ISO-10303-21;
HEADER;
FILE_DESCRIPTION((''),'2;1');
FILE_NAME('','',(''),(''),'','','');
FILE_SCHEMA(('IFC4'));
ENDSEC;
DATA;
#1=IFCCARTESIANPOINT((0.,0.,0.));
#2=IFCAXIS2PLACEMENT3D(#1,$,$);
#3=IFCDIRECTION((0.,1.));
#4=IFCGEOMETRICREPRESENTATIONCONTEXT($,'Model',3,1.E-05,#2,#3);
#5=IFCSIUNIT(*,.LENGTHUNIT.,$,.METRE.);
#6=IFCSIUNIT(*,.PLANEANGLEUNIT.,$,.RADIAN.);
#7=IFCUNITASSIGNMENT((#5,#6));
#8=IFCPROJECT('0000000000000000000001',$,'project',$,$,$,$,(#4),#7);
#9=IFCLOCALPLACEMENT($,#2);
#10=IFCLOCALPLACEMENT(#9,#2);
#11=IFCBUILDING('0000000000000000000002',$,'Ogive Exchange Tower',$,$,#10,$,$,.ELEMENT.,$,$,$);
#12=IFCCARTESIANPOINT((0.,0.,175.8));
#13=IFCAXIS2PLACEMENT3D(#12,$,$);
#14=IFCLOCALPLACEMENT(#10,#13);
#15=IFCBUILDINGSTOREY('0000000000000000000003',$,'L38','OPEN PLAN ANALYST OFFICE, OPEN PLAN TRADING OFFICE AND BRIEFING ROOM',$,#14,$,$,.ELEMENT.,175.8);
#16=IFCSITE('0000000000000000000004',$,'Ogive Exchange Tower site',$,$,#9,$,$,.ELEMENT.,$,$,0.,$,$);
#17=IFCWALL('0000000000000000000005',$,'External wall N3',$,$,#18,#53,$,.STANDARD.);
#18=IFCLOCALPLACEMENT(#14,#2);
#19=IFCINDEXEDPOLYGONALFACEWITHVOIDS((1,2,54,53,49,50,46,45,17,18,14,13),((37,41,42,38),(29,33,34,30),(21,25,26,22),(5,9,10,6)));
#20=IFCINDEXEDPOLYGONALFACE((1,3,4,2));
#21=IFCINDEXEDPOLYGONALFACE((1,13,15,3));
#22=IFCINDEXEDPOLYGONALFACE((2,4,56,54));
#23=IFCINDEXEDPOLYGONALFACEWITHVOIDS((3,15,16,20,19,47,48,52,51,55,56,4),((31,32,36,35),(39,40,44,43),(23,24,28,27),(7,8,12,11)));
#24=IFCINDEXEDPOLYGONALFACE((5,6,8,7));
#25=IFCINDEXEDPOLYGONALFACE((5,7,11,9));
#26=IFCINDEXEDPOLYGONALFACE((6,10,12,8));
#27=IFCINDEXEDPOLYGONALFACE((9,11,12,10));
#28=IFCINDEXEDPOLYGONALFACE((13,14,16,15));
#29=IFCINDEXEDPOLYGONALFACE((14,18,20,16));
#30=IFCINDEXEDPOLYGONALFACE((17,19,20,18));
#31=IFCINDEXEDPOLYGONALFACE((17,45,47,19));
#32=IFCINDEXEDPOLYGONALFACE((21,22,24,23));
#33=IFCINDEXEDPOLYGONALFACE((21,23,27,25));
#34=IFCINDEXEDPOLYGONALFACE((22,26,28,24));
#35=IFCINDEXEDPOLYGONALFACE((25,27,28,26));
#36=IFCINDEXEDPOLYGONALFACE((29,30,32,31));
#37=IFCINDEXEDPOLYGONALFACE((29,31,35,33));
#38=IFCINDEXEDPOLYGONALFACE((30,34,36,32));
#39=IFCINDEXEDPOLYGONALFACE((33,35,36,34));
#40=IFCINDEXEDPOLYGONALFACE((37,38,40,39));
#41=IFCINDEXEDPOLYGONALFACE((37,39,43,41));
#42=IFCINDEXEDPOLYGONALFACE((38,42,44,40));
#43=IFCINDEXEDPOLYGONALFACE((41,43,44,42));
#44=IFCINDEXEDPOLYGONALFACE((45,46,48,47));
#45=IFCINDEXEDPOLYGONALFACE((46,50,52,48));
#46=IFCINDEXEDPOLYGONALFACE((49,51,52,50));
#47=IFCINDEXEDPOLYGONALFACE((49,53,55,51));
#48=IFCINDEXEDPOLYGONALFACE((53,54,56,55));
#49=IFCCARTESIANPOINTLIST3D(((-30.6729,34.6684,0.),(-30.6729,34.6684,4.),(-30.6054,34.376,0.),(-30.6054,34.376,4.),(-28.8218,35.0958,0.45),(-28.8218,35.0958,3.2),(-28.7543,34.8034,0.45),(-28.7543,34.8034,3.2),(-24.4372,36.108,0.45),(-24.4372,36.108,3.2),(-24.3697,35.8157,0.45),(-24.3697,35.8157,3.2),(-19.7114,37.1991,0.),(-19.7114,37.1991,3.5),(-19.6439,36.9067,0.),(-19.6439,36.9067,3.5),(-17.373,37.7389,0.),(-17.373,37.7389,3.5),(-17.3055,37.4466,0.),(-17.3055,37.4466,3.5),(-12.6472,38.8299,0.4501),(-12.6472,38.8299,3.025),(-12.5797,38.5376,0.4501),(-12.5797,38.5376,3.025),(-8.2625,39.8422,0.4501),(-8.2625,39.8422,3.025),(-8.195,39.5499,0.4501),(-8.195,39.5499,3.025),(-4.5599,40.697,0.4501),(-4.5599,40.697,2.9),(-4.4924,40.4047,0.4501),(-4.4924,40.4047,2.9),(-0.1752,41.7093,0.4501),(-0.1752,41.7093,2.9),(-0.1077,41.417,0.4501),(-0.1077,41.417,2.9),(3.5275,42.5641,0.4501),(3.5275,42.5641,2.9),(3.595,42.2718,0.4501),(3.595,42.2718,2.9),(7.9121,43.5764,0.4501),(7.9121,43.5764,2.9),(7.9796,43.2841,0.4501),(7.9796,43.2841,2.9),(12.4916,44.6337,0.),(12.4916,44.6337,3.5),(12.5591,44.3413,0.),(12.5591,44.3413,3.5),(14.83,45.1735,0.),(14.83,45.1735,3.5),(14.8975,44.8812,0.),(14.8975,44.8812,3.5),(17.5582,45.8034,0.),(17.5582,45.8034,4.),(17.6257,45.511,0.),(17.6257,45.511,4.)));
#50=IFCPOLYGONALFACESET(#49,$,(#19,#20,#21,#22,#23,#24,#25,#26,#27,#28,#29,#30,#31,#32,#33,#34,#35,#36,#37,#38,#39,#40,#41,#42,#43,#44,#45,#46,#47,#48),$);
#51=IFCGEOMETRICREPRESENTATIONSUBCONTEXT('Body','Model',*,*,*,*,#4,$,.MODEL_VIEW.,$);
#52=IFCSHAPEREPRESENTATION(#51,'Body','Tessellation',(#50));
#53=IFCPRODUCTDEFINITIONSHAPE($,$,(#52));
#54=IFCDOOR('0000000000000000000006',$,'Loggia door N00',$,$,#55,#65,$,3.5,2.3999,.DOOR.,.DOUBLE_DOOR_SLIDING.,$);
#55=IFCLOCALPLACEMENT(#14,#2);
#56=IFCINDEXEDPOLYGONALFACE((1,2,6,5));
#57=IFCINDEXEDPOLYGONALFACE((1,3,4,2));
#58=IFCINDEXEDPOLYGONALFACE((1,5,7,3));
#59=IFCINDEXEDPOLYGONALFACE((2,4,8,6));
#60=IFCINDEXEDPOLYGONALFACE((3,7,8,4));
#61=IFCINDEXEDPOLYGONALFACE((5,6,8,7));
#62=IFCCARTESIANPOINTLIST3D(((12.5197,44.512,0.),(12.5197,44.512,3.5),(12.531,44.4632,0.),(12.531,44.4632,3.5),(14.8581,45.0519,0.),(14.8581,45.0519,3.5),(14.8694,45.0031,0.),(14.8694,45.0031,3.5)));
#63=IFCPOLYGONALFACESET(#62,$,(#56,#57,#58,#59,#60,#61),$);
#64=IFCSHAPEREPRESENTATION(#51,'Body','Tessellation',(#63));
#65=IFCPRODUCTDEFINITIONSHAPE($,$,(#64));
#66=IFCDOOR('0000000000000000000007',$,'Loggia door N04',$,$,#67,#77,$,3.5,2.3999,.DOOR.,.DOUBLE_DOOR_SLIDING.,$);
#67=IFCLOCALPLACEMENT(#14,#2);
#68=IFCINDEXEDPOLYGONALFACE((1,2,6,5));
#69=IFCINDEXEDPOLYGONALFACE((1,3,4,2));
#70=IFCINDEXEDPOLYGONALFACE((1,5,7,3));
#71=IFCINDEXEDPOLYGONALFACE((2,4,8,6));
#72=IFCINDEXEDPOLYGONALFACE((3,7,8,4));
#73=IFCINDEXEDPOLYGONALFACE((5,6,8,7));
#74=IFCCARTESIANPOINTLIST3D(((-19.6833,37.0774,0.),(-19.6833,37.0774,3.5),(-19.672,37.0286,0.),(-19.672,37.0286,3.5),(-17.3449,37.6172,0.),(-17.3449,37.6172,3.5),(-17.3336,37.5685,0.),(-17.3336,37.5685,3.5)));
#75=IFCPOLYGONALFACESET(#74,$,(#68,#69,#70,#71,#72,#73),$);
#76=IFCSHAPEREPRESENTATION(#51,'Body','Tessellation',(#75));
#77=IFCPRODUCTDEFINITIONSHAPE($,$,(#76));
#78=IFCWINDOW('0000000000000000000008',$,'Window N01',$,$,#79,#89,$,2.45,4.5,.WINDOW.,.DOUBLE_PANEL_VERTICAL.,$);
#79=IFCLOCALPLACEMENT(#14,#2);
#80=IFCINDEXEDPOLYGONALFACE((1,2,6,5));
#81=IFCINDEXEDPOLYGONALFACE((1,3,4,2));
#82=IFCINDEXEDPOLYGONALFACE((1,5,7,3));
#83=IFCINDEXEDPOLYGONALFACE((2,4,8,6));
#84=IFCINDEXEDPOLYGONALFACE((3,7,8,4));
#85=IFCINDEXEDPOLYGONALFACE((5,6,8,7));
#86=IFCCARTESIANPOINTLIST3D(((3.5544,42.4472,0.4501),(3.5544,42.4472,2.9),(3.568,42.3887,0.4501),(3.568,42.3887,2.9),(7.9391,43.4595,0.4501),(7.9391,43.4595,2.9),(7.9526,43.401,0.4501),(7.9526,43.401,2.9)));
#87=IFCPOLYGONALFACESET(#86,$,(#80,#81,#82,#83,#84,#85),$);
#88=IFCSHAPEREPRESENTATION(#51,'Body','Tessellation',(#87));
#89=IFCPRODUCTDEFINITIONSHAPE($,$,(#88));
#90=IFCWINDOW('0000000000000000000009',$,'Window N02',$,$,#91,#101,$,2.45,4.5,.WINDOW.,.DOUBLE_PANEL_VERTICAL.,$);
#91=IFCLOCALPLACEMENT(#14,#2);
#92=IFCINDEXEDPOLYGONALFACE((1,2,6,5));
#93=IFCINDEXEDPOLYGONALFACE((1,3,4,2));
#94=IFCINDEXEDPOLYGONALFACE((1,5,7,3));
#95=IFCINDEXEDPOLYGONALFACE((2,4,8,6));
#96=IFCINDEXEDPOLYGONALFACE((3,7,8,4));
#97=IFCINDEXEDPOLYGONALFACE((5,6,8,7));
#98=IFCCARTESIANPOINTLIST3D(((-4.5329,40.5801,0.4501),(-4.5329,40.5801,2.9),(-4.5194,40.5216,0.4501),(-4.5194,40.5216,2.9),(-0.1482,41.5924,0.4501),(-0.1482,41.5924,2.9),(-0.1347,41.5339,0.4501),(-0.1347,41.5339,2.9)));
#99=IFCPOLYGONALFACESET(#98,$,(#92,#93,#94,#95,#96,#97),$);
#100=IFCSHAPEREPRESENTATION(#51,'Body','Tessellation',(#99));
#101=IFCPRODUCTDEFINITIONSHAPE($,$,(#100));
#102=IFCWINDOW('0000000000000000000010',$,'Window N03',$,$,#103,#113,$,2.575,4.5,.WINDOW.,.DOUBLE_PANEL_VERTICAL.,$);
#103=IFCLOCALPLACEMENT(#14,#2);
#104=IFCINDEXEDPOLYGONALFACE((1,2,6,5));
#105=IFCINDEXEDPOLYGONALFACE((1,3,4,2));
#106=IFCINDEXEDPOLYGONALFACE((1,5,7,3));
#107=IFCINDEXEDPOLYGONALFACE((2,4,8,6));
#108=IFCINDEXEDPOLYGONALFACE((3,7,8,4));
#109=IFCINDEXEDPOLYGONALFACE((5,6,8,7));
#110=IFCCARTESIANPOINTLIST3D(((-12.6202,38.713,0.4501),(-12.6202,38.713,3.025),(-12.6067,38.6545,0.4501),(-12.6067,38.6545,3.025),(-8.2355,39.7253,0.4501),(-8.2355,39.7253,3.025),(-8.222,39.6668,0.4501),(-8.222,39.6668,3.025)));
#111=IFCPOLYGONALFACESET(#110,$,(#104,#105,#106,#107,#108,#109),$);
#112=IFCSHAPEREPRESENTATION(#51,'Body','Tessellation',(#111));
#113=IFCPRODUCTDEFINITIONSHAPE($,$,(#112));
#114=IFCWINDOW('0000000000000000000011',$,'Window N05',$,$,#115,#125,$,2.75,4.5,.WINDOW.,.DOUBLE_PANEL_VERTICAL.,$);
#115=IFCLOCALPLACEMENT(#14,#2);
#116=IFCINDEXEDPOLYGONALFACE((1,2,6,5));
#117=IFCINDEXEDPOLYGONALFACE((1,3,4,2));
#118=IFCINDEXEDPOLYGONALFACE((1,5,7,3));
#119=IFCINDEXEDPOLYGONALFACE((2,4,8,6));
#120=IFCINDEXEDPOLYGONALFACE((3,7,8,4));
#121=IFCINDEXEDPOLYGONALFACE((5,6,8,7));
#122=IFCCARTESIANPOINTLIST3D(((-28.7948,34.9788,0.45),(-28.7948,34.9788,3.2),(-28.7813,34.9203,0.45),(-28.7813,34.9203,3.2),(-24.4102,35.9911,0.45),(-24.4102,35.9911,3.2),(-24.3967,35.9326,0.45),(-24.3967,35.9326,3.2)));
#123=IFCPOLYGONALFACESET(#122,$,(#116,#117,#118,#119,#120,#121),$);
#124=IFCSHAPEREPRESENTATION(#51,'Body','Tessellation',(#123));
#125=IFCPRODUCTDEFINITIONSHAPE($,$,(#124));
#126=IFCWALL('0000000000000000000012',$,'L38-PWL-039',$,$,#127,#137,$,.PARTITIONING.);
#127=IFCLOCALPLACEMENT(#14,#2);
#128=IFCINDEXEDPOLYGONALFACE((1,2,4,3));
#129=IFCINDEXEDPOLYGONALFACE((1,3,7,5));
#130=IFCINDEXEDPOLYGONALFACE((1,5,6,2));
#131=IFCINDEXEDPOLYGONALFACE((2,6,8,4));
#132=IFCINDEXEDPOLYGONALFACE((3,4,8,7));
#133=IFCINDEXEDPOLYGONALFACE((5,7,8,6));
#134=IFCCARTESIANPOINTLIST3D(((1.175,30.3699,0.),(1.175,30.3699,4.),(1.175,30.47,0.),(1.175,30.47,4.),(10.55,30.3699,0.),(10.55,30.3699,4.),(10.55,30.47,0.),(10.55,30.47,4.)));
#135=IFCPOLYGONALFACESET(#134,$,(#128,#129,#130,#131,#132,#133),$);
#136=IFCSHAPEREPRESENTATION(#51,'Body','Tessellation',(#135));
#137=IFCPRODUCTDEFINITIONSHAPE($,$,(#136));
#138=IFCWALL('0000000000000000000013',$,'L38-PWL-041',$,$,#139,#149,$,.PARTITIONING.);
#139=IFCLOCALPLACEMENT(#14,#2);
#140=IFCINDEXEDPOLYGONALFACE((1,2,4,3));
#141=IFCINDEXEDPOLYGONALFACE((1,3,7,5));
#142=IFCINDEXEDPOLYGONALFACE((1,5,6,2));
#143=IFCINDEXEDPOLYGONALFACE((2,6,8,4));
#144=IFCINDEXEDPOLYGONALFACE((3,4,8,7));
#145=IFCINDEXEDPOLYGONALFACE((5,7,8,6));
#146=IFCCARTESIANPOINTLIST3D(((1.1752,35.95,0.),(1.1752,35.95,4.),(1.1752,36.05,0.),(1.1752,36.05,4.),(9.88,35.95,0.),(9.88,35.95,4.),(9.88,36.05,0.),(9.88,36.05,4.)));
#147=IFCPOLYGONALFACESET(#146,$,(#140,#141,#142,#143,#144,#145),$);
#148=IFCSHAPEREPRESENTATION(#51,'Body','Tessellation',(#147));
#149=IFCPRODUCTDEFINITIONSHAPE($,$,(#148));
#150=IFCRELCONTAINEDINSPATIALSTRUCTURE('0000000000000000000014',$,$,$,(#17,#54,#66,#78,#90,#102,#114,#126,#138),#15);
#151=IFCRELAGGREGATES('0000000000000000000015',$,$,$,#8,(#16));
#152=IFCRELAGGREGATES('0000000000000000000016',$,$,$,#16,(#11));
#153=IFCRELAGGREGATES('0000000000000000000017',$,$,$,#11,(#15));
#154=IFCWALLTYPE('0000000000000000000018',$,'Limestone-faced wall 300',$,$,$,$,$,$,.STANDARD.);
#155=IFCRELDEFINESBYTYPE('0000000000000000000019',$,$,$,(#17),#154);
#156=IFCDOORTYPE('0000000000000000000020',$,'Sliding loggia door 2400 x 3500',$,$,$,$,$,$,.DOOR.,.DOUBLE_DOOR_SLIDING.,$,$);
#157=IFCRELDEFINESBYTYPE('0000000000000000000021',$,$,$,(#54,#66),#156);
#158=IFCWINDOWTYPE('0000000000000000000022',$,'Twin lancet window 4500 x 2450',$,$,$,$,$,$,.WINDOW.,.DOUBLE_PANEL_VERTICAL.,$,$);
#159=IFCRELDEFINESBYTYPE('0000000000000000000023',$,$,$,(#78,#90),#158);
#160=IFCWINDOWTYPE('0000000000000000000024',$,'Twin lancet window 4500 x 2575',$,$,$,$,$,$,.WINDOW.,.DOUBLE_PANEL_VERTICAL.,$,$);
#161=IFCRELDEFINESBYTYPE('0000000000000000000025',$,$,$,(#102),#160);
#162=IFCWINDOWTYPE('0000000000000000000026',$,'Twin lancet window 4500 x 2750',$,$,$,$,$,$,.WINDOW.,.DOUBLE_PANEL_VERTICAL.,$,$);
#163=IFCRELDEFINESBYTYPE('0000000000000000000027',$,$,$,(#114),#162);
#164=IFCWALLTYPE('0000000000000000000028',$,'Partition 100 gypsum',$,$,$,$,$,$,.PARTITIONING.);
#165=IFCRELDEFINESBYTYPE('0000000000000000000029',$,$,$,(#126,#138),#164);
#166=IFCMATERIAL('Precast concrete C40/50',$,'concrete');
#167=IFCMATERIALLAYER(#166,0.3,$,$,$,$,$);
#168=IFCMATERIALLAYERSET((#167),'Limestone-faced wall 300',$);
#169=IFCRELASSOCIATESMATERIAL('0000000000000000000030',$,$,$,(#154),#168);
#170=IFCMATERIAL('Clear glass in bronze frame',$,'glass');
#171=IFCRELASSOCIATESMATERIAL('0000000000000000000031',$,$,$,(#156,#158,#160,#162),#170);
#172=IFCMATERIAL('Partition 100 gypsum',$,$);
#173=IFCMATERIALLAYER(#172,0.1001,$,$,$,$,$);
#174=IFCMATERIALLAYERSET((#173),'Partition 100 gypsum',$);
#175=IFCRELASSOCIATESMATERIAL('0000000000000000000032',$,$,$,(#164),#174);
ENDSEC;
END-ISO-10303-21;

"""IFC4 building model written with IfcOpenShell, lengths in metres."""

from ifc_helpers import new_model, si_unit, direction, frame, frame_2d, origin, place, context, subcontext, project, spatial, rectangle, extrude, material, layer, layer_set, type_object, element, fill, save


model = new_model("IFC4")

# Units and contexts
model_context = context("Model", 3, precision=1e-05, world=origin(), true_north=direction((0.0, 1.0)))
body_context = subcontext(model_context, "Body", "Model", "MODEL_VIEW")
ifc_project = project(units=[si_unit("LENGTHUNIT", "METRE"), si_unit("PLANEANGLEUNIT", "RADIAN")], contexts=[model_context])

# Site, building, storey
site_placement = place(None, origin())
site = spatial("IfcSite", under=ifc_project, at=site_placement, Name="Ogive Exchange Tower site", CompositionType="ELEMENT", RefElevation=0.0)
building_placement = place(site_placement, origin())
building = spatial("IfcBuilding", under=site, at=building_placement, Name="Ogive Exchange Tower", CompositionType="ELEMENT")
storey_placement = place(building_placement, frame((0.0, 0.0, 175.8)))
storey = spatial("IfcBuildingStorey", under=building, at=storey_placement, Name="L38", Description="OPEN PLAN ANALYST OFFICE, OPEN PLAN TRADING OFFICE AND BRIEFING ROOM", CompositionType="ELEMENT", Elevation=175.8)

# Wall, openings, doors, windows
ifc_material_1 = material(Name="Precast concrete C40/50", Category="concrete")
ifc_layer_1 = layer(ifc_material_1, 0.3)
ifc_layer_set_1 = layer_set([ifc_layer_1], Name="Limestone-faced wall 300")
wall_type_1 = type_object("IfcWallType", Name="Limestone-faced wall 300", PredefinedType="STANDARD", material=ifc_layer_set_1)
wall_1_placement = place(storey_placement, frame((17.592, 45.6572, 0.0), z_axis=(0.0, 0.0, 1.0), x_axis=(-0.97437, -0.22495, 0.0)))
wall_1 = element("IfcWall", 1, at=wall_1_placement, inside=storey, type_object=wall_type_1, Name="External wall N3", PredefinedType="STANDARD", context=body_context, shape_type="SweptSolid", body=[
    extrude(rectangle(XDim=49.4998, YDim=0.3, at=frame_2d((24.75, 0.0))), origin(), (0.0, 0.0, 1.0), 4.0),
])
opening_1_placement = place(wall_1_placement, frame((2.8, 0.0, 0.0)))
opening_1 = element("IfcOpeningElement", 2, at=opening_1_placement, cuts=wall_1, PredefinedType="OPENING", context=body_context, shape_type="SweptSolid", body=[
    extrude(rectangle(XDim=2.3999, YDim=3.5, at=frame_2d((1.2, 1.75))), frame((0.0, 0.1599, 0.0), z_axis=(0.0, -1.0, 0.0), x_axis=(1.0, 0.0, 0.0)), (0.0, 0.0, 1.0), 0.3201),
])
opening_2_placement = place(wall_1_placement, frame((9.8999, 0.0, 0.45)))
opening_2 = element("IfcOpeningElement", 3, at=opening_2_placement, cuts=wall_1, PredefinedType="OPENING", context=body_context, shape_type="SweptSolid", body=[
    extrude(rectangle(XDim=4.5, YDim=2.45, at=frame_2d((2.25, 1.2251))), frame((0.0, 0.1599, 0.0), z_axis=(0.0, -1.0, 0.0), x_axis=(1.0, 0.0, 0.0)), (0.0, 0.0, 1.0), 0.3201),
])
opening_3_placement = place(wall_1_placement, frame((18.2, 0.0, 0.45)))
opening_3 = element("IfcOpeningElement", 4, at=opening_3_placement, cuts=wall_1, PredefinedType="OPENING", context=body_context, shape_type="SweptSolid", body=[
    extrude(rectangle(XDim=4.5, YDim=2.45, at=frame_2d((2.25, 1.2251))), frame((0.0, 0.1599, 0.0), z_axis=(0.0, -1.0, 0.0), x_axis=(1.0, 0.0, 0.0)), (0.0, 0.0, 1.0), 0.3201),
])
opening_4_placement = place(wall_1_placement, frame((26.5, 0.0, 0.45)))
opening_4 = element("IfcOpeningElement", 5, at=opening_4_placement, cuts=wall_1, PredefinedType="OPENING", context=body_context, shape_type="SweptSolid", body=[
    extrude(rectangle(XDim=4.5, YDim=2.575, at=frame_2d((2.25, 1.2876))), frame((0.0, 0.1599, 0.0), z_axis=(0.0, -1.0, 0.0), x_axis=(1.0, 0.0, 0.0)), (0.0, 0.0, 1.0), 0.3201),
])
opening_5_placement = place(wall_1_placement, frame((35.8501, 0.0, 0.0)))
opening_5 = element("IfcOpeningElement", 6, at=opening_5_placement, cuts=wall_1, PredefinedType="OPENING", context=body_context, shape_type="SweptSolid", body=[
    extrude(rectangle(XDim=2.3999, YDim=3.5, at=frame_2d((1.2, 1.75))), frame((0.0, 0.1599, 0.0), z_axis=(0.0, -1.0, 0.0), x_axis=(1.0, 0.0, 0.0)), (0.0, 0.0, 1.0), 0.3201),
])
opening_6_placement = place(wall_1_placement, frame((43.1001, 0.0, 0.45)))
opening_6 = element("IfcOpeningElement", 7, at=opening_6_placement, cuts=wall_1, PredefinedType="OPENING", context=body_context, shape_type="SweptSolid", body=[
    extrude(rectangle(XDim=4.5, YDim=2.75, at=frame_2d((2.25, 1.375))), frame((0.0, 0.1599, 0.0), z_axis=(0.0, -1.0, 0.0), x_axis=(1.0, 0.0, 0.0)), (0.0, 0.0, 1.0), 0.3201),
])
ifc_material_2 = material(Name="Clear glass in bronze frame", Category="glass")
door_type_1 = type_object("IfcDoorType", Name="Sliding loggia door 2400 x 3500", OperationType="DOUBLE_DOOR_SLIDING", PredefinedType="DOOR", material=ifc_material_2)
door_1_placement = place(opening_1_placement, origin())
door_1 = element("IfcDoor", 8, at=door_1_placement, inside=storey, type_object=door_type_1, Name="Loggia door N00", OperationType="DOUBLE_DOOR_SLIDING", OverallHeight=3.5, OverallWidth=2.3999, PredefinedType="DOOR", context=body_context, shape_type="SweptSolid", body=[
    extrude(rectangle(XDim=2.3999, YDim=3.5, at=frame_2d((1.2, 1.75))), frame((0.0, 0.0249, 0.0), z_axis=(0.0, -1.0, 0.0), x_axis=(1.0, 0.0, 0.0)), (0.0, 0.0, 1.0), 0.05),
])
fill(opening_1, door_1)
door_2_placement = place(opening_5_placement, origin())
door_2 = element("IfcDoor", 9, at=door_2_placement, inside=storey, type_object=door_type_1, Name="Loggia door N04", OperationType="DOUBLE_DOOR_SLIDING", OverallHeight=3.5, OverallWidth=2.3999, PredefinedType="DOOR", context=body_context, shape_type="SweptSolid", body=[
    extrude(rectangle(XDim=2.3999, YDim=3.5, at=frame_2d((1.2, 1.75))), frame((0.0, 0.0249, 0.0), z_axis=(0.0, -1.0, 0.0), x_axis=(1.0, 0.0, 0.0)), (0.0, 0.0, 1.0), 0.05),
])
fill(opening_5, door_2)
window_type_1 = type_object("IfcWindowType", Name="Twin lancet window 4500 x 2450", PartitioningType="DOUBLE_PANEL_VERTICAL", PredefinedType="WINDOW", material=ifc_material_2)
window_1_placement = place(opening_2_placement, origin())
window_1 = element("IfcWindow", 10, at=window_1_placement, inside=storey, type_object=window_type_1, Name="Window N01", OverallHeight=2.45, OverallWidth=4.5, PartitioningType="DOUBLE_PANEL_VERTICAL", PredefinedType="WINDOW", context=body_context, shape_type="SweptSolid", body=[
    extrude(rectangle(XDim=4.5, YDim=2.45, at=frame_2d((2.25, 1.2251))), frame((0.0, 0.03, 0.0), z_axis=(0.0, -1.0, 0.0), x_axis=(1.0, 0.0, 0.0)), (0.0, 0.0, 1.0), 0.0601),
])
fill(opening_2, window_1)
window_2_placement = place(opening_3_placement, origin())
window_2 = element("IfcWindow", 11, at=window_2_placement, inside=storey, type_object=window_type_1, Name="Window N02", OverallHeight=2.45, OverallWidth=4.5, PartitioningType="DOUBLE_PANEL_VERTICAL", PredefinedType="WINDOW", context=body_context, shape_type="SweptSolid", body=[
    extrude(rectangle(XDim=4.5, YDim=2.45, at=frame_2d((2.25, 1.2251))), frame((0.0, 0.03, 0.0), z_axis=(0.0, -1.0, 0.0), x_axis=(1.0, 0.0, 0.0)), (0.0, 0.0, 1.0), 0.0601),
])
fill(opening_3, window_2)
window_type_2 = type_object("IfcWindowType", Name="Twin lancet window 4500 x 2575", PartitioningType="DOUBLE_PANEL_VERTICAL", PredefinedType="WINDOW", material=ifc_material_2)
window_3_placement = place(opening_4_placement, origin())
window_3 = element("IfcWindow", 12, at=window_3_placement, inside=storey, type_object=window_type_2, Name="Window N03", OverallHeight=2.575, OverallWidth=4.5, PartitioningType="DOUBLE_PANEL_VERTICAL", PredefinedType="WINDOW", context=body_context, shape_type="SweptSolid", body=[
    extrude(rectangle(XDim=4.5, YDim=2.575, at=frame_2d((2.25, 1.2876))), frame((0.0, 0.03, 0.0), z_axis=(0.0, -1.0, 0.0), x_axis=(1.0, 0.0, 0.0)), (0.0, 0.0, 1.0), 0.0601),
])
fill(opening_4, window_3)
window_type_3 = type_object("IfcWindowType", Name="Twin lancet window 4500 x 2750", PartitioningType="DOUBLE_PANEL_VERTICAL", PredefinedType="WINDOW", material=ifc_material_2)
window_4_placement = place(opening_6_placement, origin())
window_4 = element("IfcWindow", 13, at=window_4_placement, inside=storey, type_object=window_type_3, Name="Window N05", OverallHeight=2.75, OverallWidth=4.5, PartitioningType="DOUBLE_PANEL_VERTICAL", PredefinedType="WINDOW", context=body_context, shape_type="SweptSolid", body=[
    extrude(rectangle(XDim=4.5, YDim=2.75, at=frame_2d((2.25, 1.375))), frame((0.0, 0.03, 0.0), z_axis=(0.0, -1.0, 0.0), x_axis=(1.0, 0.0, 0.0)), (0.0, 0.0, 1.0), 0.0601),
])
fill(opening_6, window_4)

# Walls
ifc_material_3 = material(Name="Partition 100 gypsum")
ifc_layer_2 = layer(ifc_material_3, 0.1001)
ifc_layer_set_2 = layer_set([ifc_layer_2], Name="Partition 100 gypsum")
wall_type_2 = type_object("IfcWallType", Name="Partition 100 gypsum", PredefinedType="PARTITIONING", material=ifc_layer_set_2)
wall_2_placement = place(storey_placement, frame((1.175, 30.4199, 0.0), z_axis=(0.0, 0.0, 1.0), x_axis=(1.0, 0.0, 0.0)))
element("IfcWall", 14, at=wall_2_placement, inside=storey, type_object=wall_type_2, Name="L38-PWL-039", PredefinedType="PARTITIONING", context=body_context, shape_type="SweptSolid", body=[
    extrude(rectangle(XDim=9.375, YDim=0.1001, at=frame_2d((4.6875, 0.0))), origin(), (0.0, 0.0, 1.0), 4.0),
])
wall_3_placement = place(storey_placement, frame((1.175, 36.0, 0.0), z_axis=(0.0, 0.0, 1.0), x_axis=(1.0, 0.0, 0.0)))
element("IfcWall", 15, at=wall_3_placement, inside=storey, type_object=wall_type_2, Name="L38-PWL-041", PredefinedType="PARTITIONING", context=body_context, shape_type="SweptSolid", body=[
    extrude(rectangle(XDim=8.7048, YDim=0.1001, at=frame_2d((4.3525, 0.0))), origin(), (0.0, 0.0, 1.0), 4.0),
])

save(model, "model.ifc")
